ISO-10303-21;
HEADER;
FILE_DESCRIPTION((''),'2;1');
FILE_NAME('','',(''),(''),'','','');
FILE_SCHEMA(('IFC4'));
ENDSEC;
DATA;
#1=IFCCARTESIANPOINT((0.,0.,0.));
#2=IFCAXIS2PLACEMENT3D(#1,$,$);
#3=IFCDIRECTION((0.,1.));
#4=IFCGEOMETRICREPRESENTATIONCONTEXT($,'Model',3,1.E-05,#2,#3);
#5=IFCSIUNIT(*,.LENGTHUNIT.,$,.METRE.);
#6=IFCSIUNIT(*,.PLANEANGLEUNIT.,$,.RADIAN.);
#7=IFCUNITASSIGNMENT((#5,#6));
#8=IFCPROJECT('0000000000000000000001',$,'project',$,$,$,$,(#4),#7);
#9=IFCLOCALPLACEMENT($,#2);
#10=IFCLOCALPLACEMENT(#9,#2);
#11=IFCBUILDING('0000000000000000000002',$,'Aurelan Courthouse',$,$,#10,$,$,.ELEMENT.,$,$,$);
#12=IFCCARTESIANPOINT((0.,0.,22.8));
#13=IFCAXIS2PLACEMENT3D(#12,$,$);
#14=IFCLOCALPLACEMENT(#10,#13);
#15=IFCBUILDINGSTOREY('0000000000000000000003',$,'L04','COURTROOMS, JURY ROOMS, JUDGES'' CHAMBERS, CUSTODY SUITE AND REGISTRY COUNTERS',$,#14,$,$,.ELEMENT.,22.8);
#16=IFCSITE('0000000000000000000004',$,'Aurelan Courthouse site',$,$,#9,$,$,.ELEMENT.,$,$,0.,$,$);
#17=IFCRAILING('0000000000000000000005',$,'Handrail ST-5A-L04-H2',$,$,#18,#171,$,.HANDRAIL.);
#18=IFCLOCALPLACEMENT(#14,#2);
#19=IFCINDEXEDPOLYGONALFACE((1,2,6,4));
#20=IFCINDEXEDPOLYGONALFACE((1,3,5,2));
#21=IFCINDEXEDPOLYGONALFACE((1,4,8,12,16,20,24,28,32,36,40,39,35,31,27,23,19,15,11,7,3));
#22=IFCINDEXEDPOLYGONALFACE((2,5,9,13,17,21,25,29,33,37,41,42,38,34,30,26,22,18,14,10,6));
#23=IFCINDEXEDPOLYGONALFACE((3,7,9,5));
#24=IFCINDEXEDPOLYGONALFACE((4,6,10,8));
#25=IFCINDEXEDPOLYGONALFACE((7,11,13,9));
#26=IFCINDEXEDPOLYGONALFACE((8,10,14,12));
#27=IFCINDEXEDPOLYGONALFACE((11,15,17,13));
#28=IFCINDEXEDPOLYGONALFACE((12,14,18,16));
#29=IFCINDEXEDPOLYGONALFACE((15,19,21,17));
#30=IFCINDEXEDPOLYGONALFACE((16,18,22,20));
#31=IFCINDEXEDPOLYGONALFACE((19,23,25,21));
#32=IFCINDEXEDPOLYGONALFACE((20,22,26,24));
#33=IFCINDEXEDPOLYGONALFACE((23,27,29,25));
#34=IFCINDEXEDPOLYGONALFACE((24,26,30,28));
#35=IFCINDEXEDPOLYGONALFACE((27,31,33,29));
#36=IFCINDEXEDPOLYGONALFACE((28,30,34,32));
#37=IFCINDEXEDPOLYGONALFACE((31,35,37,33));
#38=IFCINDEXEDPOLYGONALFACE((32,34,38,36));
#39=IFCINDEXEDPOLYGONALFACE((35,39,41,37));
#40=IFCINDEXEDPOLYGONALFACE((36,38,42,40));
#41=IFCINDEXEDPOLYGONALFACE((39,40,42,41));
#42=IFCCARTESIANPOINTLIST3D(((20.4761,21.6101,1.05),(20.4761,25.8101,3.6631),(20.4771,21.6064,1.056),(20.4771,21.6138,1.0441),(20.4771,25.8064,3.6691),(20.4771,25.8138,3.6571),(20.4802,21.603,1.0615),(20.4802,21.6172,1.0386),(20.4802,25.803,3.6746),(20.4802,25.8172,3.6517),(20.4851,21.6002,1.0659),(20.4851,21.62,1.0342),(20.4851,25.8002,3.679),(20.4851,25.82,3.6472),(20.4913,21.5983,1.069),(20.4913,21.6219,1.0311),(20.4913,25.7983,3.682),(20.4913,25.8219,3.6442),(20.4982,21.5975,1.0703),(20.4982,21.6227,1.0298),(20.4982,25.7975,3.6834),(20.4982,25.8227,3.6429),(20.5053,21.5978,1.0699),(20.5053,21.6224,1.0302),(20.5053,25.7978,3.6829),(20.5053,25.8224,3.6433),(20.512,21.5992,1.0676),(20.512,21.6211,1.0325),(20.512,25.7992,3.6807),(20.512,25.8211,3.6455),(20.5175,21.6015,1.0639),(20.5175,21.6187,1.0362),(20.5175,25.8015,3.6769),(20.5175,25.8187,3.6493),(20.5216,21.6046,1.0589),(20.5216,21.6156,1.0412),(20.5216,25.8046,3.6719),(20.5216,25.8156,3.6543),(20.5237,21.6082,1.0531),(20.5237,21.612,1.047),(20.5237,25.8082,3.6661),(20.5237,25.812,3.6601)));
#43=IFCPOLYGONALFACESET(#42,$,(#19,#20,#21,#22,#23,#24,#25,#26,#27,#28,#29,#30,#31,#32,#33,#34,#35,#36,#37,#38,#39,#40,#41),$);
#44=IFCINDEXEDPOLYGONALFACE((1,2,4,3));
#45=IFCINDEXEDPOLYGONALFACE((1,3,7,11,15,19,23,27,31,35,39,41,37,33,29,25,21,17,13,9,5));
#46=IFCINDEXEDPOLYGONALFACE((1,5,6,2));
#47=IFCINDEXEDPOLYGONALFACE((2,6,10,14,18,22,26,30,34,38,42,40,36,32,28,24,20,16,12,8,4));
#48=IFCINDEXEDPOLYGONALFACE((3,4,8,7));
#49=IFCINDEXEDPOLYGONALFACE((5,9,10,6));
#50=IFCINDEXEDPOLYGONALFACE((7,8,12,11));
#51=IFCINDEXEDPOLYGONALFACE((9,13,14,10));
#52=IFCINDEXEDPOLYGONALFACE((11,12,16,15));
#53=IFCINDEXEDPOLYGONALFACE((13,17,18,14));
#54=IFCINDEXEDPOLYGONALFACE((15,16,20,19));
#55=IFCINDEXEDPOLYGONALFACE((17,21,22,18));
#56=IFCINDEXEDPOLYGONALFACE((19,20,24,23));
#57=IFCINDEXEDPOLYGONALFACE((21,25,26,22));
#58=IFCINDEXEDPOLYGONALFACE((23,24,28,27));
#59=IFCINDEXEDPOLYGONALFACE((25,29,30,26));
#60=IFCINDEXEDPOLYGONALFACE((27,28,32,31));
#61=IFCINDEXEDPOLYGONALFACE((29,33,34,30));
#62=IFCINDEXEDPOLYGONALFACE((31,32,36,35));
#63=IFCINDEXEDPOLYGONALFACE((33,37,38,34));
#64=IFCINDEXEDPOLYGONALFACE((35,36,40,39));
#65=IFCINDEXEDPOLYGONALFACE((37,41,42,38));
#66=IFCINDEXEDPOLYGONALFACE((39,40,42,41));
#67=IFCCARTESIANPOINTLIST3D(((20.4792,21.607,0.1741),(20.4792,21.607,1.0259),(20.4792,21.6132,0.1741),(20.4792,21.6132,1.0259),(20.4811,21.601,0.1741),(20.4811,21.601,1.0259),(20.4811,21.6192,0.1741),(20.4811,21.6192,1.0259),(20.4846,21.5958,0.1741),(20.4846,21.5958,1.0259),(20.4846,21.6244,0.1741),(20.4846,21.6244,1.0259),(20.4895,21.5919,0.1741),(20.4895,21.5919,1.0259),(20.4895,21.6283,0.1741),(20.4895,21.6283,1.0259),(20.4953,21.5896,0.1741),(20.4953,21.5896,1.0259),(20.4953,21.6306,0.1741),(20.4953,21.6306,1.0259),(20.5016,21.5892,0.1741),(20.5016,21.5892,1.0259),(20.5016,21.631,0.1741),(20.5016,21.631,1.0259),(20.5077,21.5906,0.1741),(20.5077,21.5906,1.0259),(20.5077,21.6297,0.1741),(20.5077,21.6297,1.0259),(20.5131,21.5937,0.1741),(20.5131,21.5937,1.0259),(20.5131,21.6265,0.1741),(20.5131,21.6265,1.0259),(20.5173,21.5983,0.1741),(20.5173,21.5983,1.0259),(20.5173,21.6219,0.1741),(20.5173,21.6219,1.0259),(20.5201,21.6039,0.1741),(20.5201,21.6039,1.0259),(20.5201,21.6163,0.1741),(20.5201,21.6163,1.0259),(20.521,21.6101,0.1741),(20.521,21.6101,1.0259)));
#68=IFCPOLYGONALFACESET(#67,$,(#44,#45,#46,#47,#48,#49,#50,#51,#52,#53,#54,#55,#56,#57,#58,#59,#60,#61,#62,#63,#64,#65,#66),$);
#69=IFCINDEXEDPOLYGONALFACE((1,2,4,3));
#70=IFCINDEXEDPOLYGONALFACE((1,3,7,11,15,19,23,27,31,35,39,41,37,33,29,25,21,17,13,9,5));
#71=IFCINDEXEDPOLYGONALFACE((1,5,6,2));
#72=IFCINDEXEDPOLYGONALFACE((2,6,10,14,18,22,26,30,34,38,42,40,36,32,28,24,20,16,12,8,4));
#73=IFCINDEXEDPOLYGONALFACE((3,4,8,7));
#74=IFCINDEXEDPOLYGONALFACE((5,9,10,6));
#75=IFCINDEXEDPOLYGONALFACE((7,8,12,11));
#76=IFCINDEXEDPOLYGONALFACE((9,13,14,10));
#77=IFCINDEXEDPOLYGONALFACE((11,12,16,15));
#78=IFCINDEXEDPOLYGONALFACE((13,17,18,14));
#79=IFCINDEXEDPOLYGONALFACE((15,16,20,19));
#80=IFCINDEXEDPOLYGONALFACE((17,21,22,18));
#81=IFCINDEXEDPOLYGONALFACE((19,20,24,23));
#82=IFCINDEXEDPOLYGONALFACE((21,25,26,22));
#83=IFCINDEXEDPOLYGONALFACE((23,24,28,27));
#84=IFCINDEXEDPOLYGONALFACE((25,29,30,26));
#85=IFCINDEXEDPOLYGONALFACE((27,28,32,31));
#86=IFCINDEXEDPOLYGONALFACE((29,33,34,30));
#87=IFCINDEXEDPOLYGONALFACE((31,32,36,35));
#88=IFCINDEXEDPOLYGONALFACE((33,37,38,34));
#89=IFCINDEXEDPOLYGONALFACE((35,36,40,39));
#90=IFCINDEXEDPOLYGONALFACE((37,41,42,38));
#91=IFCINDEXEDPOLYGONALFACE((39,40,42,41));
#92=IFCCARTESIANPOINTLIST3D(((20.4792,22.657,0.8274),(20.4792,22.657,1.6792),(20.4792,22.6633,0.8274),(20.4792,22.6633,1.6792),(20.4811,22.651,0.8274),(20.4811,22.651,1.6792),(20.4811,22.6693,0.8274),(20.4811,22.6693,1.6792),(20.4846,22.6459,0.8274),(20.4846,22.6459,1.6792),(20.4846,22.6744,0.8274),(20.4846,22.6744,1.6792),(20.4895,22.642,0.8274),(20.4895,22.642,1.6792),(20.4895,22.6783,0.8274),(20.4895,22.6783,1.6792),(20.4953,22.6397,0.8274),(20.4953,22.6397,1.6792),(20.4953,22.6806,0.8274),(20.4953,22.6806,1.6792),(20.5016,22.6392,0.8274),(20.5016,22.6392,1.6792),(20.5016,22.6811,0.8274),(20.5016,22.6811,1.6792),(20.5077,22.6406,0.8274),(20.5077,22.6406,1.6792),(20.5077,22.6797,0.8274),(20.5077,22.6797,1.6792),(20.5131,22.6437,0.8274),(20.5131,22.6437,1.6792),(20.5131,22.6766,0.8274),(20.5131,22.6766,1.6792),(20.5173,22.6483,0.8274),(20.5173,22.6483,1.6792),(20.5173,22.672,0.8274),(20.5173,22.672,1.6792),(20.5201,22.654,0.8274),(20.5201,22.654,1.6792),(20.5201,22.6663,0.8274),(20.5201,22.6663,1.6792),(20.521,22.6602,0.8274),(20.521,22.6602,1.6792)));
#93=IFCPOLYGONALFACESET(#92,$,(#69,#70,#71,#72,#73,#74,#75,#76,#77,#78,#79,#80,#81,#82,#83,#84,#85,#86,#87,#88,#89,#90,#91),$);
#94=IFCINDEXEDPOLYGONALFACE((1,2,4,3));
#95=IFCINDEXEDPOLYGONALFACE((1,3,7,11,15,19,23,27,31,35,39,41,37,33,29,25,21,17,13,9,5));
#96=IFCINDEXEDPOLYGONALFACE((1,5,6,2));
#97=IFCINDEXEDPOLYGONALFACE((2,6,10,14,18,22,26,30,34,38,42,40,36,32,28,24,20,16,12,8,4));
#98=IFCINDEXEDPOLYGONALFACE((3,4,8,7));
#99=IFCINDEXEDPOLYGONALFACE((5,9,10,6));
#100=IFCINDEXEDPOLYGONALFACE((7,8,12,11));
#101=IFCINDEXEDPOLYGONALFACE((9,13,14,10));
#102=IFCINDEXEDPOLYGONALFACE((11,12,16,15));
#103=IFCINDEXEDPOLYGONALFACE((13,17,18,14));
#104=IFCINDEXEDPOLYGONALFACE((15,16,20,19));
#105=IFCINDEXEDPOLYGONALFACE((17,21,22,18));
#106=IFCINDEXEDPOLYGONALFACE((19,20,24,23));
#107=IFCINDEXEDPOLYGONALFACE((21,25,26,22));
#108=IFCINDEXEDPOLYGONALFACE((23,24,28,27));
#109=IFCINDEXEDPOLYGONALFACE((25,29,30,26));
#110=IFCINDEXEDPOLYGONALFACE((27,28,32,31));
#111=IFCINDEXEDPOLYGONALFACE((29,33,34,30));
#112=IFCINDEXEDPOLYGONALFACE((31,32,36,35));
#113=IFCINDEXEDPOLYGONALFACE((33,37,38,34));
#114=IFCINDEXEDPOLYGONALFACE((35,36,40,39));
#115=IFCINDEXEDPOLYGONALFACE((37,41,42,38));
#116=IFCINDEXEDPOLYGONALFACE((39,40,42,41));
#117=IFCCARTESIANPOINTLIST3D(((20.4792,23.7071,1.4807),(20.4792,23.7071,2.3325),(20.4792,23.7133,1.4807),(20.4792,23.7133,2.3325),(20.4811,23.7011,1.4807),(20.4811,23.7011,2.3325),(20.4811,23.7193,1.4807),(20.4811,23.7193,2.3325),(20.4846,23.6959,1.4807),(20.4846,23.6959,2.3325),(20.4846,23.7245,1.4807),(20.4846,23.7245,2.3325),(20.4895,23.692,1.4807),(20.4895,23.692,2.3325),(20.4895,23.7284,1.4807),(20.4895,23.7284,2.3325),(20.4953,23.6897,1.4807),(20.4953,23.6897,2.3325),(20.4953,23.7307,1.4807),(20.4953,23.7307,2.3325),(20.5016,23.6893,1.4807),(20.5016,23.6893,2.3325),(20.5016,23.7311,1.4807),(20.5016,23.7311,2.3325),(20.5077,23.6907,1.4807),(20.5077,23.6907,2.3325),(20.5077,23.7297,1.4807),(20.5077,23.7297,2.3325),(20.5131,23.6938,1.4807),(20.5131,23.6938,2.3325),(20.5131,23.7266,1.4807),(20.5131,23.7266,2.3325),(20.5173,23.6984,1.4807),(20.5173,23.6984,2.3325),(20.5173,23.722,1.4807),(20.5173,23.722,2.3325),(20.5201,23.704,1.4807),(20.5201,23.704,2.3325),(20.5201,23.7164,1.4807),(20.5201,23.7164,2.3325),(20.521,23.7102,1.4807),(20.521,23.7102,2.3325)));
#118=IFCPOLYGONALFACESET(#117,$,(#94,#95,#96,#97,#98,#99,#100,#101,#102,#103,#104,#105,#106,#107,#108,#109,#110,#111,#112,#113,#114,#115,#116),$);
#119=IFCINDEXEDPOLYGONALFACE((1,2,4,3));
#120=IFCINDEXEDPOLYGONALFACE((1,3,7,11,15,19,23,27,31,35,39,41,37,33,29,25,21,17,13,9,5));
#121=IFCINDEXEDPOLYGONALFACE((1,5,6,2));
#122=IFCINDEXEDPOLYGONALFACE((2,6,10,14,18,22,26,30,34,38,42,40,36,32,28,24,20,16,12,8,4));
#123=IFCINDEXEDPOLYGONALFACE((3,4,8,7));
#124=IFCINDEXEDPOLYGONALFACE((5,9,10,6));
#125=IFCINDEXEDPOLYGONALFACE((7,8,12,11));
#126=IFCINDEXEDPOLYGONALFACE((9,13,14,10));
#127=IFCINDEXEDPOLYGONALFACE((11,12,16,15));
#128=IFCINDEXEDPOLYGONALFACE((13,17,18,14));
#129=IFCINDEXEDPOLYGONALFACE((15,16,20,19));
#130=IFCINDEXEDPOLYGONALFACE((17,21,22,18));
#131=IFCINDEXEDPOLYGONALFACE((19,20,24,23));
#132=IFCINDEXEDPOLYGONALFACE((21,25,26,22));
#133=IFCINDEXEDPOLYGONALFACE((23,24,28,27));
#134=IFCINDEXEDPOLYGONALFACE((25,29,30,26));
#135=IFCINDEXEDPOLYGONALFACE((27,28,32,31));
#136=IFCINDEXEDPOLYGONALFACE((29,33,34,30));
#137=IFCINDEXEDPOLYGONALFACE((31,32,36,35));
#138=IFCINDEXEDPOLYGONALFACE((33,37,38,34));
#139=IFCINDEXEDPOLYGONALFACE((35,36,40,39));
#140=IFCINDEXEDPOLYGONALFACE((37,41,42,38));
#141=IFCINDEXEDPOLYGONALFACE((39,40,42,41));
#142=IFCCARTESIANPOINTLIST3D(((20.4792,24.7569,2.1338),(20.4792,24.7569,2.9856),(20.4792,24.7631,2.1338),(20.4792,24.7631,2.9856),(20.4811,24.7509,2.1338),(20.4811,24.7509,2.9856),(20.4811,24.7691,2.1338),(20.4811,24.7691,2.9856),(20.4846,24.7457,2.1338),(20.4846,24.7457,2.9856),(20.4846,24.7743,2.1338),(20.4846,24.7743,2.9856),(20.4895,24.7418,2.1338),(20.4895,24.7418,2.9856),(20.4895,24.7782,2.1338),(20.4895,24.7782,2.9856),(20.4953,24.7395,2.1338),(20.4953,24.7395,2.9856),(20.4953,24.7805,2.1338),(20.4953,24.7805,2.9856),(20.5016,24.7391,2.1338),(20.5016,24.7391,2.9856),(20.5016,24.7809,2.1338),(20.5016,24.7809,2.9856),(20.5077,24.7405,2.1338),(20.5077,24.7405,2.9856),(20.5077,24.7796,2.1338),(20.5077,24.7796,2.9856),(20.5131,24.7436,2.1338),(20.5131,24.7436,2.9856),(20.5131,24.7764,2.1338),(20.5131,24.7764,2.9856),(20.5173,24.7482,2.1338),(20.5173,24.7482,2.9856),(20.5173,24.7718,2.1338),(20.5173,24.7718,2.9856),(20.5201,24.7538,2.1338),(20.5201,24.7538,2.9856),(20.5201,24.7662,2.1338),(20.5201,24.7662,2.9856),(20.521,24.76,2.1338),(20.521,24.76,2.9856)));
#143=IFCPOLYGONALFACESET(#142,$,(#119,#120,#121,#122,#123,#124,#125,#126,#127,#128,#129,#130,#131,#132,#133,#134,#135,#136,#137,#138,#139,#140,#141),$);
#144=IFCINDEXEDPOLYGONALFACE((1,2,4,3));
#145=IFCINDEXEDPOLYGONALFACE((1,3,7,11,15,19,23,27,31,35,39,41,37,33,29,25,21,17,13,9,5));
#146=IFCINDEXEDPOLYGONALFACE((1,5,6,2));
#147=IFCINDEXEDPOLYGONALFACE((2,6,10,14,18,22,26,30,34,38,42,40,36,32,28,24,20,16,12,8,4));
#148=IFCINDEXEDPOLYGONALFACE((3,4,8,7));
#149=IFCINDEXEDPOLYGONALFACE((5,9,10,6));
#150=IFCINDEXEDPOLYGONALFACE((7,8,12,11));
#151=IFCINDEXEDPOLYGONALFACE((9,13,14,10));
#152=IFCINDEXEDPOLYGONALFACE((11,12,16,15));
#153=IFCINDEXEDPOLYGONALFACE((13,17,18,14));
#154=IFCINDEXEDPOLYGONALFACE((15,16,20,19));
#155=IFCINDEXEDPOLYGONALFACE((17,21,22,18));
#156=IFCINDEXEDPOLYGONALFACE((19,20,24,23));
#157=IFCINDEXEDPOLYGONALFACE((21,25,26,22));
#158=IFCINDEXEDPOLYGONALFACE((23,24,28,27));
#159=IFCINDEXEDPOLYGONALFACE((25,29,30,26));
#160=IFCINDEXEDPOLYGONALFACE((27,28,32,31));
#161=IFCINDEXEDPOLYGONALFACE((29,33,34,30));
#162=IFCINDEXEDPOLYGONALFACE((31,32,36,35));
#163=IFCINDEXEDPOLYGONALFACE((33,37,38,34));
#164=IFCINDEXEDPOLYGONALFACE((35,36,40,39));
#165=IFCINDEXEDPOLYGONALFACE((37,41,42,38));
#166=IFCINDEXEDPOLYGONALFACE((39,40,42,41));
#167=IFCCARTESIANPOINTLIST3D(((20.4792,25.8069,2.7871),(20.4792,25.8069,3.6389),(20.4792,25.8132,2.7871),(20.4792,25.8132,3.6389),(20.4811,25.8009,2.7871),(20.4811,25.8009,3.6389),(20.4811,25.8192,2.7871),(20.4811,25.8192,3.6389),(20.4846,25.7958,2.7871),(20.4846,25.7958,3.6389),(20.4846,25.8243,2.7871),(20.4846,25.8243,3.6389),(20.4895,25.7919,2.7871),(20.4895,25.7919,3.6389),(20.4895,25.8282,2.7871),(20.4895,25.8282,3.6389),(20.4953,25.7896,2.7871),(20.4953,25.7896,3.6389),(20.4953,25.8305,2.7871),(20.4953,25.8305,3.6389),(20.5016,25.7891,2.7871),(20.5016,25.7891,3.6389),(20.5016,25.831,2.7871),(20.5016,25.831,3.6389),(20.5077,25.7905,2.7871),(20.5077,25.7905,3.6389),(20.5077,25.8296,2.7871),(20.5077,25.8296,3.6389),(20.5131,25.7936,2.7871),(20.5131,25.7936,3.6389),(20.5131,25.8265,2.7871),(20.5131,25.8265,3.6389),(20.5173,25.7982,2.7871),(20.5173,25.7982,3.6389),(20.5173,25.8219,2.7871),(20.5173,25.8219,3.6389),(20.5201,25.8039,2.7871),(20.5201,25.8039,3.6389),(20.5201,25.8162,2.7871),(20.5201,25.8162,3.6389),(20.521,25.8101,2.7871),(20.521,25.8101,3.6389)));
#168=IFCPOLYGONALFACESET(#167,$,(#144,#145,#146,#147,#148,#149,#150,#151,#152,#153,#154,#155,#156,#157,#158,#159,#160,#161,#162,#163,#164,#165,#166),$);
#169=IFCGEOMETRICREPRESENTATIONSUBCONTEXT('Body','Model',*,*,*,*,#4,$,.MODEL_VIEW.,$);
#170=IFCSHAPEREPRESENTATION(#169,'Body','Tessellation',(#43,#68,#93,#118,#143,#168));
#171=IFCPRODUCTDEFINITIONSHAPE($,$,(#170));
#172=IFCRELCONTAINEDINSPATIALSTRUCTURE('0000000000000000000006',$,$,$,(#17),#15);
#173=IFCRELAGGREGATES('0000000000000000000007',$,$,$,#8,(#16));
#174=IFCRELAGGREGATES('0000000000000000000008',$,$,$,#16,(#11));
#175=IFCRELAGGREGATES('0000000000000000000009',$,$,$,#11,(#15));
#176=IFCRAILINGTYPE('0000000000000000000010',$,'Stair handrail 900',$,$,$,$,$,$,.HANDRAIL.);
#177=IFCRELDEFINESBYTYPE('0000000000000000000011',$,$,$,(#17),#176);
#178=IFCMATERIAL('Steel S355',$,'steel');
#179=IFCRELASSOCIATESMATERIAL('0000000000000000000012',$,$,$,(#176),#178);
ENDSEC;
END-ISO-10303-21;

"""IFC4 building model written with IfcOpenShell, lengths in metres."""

from ifc_helpers import new_model, si_unit, direction, frame, origin, origin_2d, place, context, subcontext, project, spatial, circle, extrude, material, type_object, element, save


model = new_model("IFC4")

# Units and contexts
model_context = context("Model", 3, precision=1e-05, world=origin(), true_north=direction((0.0, 1.0)))
body_context = subcontext(model_context, "Body", "Model", "MODEL_VIEW")
ifc_project = project(units=[si_unit("LENGTHUNIT", "METRE"), si_unit("PLANEANGLEUNIT", "RADIAN")], contexts=[model_context])

# Site, building, storey
site_placement = place(None, origin())
site = spatial("IfcSite", under=ifc_project, at=site_placement, Name="Aurelan Courthouse site", CompositionType="ELEMENT", RefElevation=0.0)
building_placement = place(site_placement, origin())
building = spatial("IfcBuilding", under=site, at=building_placement, Name="Aurelan Courthouse", CompositionType="ELEMENT")
storey_placement = place(building_placement, frame((0.0, 0.0, 22.8)))
storey = spatial("IfcBuildingStorey", under=building, at=storey_placement, Name="L04", Description="COURTROOMS, JURY ROOMS, JUDGES' CHAMBERS, CUSTODY SUITE AND REGISTRY COUNTERS", CompositionType="ELEMENT", Elevation=22.8)

# Railing
ifc_material_1 = material(Name="Steel S355", Category="steel")
railing_type_1 = type_object("IfcRailingType", Name="Stair handrail 900", PredefinedType="HANDRAIL", material=ifc_material_1)
for number, where, name in (
    (1, (20.5, 21.6101, 0.1741), "Handrail ST-5A-L04-H2"),
):
    element("IfcRailing", number, at=place(storey_placement, frame(where)), inside=storey, type_object=railing_type_1, Name=name, PredefinedType="HANDRAIL", context=body_context, shape_type="SweptSolid", body=[
        extrude(circle(Radius=0.0239, at=origin_2d()), frame((0.0, 0.0, 0.876), z_axis=(0.0, 0.849081, 0.528263), x_axis=(-1.0, 0.0, 0.0)), (0.0, 0.0, 1.0), 4.9465),
        extrude(circle(Radius=0.021, at=origin_2d()), origin(), (0.0, 0.0, 1.0), 0.8518),
        extrude(circle(Radius=0.021, at=origin_2d()), frame((0.0, 1.05, 0.6533)), (0.0, 0.0, 1.0), 0.8518),
        extrude(circle(Radius=0.021, at=origin_2d()), frame((0.0, 2.1001, 1.3066)), (0.0, 0.0, 1.0), 0.8518),
        extrude(circle(Radius=0.021, at=origin_2d()), frame((0.0, 3.1499, 1.9597)), (0.0, 0.0, 1.0), 0.8518),
        extrude(circle(Radius=0.021, at=origin_2d()), frame((0.0, 4.2, 2.613)), (0.0, 0.0, 1.0), 0.8518),
    ])

save(model, "model.ifc")
